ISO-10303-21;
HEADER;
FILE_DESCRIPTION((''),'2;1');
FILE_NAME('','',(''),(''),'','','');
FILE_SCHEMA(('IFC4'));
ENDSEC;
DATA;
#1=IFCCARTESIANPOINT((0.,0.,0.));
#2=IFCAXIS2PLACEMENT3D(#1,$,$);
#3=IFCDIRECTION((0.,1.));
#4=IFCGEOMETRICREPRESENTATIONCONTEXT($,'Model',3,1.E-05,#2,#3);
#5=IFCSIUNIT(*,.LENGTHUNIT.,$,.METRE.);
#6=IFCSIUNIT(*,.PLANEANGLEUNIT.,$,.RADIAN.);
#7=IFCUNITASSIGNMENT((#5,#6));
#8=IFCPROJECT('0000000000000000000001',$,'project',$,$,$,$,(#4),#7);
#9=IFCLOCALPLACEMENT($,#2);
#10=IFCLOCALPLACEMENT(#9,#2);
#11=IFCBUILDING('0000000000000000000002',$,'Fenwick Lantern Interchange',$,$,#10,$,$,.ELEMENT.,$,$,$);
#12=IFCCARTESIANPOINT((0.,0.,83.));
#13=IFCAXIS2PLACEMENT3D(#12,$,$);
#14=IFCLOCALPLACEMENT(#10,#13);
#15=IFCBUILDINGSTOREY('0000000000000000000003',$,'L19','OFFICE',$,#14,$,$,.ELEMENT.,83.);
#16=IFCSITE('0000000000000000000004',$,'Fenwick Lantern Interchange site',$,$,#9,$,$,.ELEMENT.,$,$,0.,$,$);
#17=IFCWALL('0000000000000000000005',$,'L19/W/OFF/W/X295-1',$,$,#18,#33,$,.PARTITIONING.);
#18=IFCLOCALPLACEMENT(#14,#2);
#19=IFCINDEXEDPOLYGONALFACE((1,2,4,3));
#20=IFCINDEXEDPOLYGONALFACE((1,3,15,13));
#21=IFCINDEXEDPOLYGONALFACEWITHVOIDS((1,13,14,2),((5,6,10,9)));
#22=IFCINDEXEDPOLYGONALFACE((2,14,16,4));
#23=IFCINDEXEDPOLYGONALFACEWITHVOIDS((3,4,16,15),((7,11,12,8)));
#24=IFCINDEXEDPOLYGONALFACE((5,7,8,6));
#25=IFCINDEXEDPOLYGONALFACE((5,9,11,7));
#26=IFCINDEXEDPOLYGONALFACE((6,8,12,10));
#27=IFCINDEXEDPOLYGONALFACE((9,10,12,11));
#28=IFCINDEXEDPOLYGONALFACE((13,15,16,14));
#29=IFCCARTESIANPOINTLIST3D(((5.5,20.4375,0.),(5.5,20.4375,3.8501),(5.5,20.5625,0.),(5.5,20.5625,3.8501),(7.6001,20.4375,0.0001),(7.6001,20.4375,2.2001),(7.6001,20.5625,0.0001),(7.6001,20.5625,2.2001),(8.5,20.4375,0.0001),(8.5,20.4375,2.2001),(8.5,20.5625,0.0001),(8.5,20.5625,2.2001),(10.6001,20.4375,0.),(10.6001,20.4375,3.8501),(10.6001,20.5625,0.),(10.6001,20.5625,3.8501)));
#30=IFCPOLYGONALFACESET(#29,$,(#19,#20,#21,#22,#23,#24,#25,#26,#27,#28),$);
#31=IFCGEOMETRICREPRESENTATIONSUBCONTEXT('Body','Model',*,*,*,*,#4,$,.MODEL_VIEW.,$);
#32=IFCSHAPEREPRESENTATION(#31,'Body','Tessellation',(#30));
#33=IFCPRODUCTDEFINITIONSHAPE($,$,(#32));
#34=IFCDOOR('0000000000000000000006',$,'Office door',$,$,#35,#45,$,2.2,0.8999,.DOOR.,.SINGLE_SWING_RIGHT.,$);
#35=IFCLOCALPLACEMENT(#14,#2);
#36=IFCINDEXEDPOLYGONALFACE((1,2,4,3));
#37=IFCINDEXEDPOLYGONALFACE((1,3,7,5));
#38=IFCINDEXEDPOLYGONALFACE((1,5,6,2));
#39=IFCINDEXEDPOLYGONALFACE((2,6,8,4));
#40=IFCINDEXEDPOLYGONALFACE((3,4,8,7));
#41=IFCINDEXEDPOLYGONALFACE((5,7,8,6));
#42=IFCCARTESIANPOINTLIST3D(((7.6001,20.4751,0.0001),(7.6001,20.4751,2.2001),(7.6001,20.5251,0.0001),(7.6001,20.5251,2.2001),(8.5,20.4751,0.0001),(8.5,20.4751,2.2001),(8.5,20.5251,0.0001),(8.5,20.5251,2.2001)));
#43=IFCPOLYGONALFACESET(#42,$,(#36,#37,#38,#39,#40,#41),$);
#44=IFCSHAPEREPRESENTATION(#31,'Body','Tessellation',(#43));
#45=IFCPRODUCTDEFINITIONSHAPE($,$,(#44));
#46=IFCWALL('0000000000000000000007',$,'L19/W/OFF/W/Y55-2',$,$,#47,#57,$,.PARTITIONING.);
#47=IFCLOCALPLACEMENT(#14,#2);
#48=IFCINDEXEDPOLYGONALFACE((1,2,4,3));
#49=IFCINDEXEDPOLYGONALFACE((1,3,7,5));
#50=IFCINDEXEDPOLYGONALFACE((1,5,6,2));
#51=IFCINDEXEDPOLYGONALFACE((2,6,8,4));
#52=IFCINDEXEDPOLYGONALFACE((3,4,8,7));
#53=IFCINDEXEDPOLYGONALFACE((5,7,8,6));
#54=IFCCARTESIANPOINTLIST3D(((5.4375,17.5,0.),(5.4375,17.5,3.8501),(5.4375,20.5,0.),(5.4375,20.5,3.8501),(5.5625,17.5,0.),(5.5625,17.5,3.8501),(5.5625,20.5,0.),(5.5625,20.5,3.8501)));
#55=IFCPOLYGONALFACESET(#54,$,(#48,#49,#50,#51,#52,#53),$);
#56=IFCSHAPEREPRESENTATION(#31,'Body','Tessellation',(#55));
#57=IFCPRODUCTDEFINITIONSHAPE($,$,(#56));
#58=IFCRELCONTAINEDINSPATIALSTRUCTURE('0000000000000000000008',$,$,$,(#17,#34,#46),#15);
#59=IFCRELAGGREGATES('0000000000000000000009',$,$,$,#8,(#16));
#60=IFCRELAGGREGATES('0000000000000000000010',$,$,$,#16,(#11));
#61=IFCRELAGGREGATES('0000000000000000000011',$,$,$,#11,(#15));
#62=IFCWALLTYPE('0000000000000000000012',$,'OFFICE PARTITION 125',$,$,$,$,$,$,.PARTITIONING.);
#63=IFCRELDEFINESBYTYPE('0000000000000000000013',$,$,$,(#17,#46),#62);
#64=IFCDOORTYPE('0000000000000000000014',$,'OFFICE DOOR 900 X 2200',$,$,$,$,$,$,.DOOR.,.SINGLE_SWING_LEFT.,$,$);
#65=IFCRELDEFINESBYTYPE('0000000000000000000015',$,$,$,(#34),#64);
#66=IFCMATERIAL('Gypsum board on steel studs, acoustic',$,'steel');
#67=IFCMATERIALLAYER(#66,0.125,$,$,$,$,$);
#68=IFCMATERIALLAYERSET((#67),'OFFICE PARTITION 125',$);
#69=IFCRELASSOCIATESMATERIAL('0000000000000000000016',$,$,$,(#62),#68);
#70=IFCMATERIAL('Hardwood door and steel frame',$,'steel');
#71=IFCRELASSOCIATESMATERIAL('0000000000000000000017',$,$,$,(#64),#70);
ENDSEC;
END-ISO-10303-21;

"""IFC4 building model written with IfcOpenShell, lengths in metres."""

from ifc_helpers import new_model, si_unit, direction, frame, frame_2d, origin, place, context, subcontext, project, spatial, rectangle, extrude, material, layer, layer_set, type_object, element, fill, save


model = new_model("IFC4")

# Units and contexts
model_context = context("Model", 3, precision=1e-05, world=origin(), true_north=direction((0.0, 1.0)))
body_context = subcontext(model_context, "Body", "Model", "MODEL_VIEW")
ifc_project = project(units=[si_unit("LENGTHUNIT", "METRE"), si_unit("PLANEANGLEUNIT", "RADIAN")], contexts=[model_context])

# Site, building, storey
site_placement = place(None, origin())
site = spatial("IfcSite", under=ifc_project, at=site_placement, Name="Fenwick Lantern Interchange site", CompositionType="ELEMENT", RefElevation=0.0)
building_placement = place(site_placement, origin())
building = spatial("IfcBuilding", under=site, at=building_placement, Name="Fenwick Lantern Interchange", CompositionType="ELEMENT")
storey_placement = place(building_placement, frame((0.0, 0.0, 83.0)))
storey = spatial("IfcBuildingStorey", under=building, at=storey_placement, Name="L19", Description="OFFICE", CompositionType="ELEMENT", Elevation=83.0)

# Shared definitions
ifc_material_1 = material(Name="Hardwood door and steel frame", Category="steel")

# Wall, opening, door
ifc_material_2 = material(Name="Gypsum board on steel studs, acoustic", Category="steel")
ifc_layer_1 = layer(ifc_material_2, 0.125)
ifc_layer_set_1 = layer_set([ifc_layer_1], Name="OFFICE PARTITION 125")
wall_type_1 = type_object("IfcWallType", Name="OFFICE PARTITION 125", PredefinedType="PARTITIONING", material=ifc_layer_set_1)
wall_1_placement = place(storey_placement, frame((5.5, 20.5, 0.0), z_axis=(0.0, 0.0, 1.0), x_axis=(1.0, 0.0, 0.0)))
wall_1 = element("IfcWall", 1, at=wall_1_placement, inside=storey, type_object=wall_type_1, Name="L19/W/OFF/W/X295-1", PredefinedType="PARTITIONING", context=body_context, shape_type="SweptSolid", body=[
    extrude(rectangle(XDim=5.1001, YDim=0.125, at=frame_2d((2.55, 0.0))), origin(), (0.0, 0.0, 1.0), 3.8501),
])
opening_1_placement = place(wall_1_placement, frame((2.1001, 0.0, 0.0)))
opening_1 = element("IfcOpeningElement", 2, at=opening_1_placement, cuts=wall_1, PredefinedType="OPENING", context=body_context, shape_type="SweptSolid", body=[
    extrude(rectangle(XDim=0.8999, YDim=2.2, at=frame_2d((0.45, 1.1001))), frame((0.0, 0.0725, 0.0), z_axis=(0.0, -1.0, 0.0), x_axis=(1.0, 0.0, 0.0)), (0.0, 0.0, 1.0), 0.145),
])
door_type_1 = type_object("IfcDoorType", Name="OFFICE DOOR 900 X 2200", OperationType="SINGLE_SWING_LEFT", PredefinedType="DOOR", material=ifc_material_1)
door_1_placement = place(opening_1_placement, frame((0.8999, 0.0, 0.0), z_axis=(0.0, 0.0, 1.0), x_axis=(-1.0, 0.0, 0.0)))
door_1 = element("IfcDoor", 3, at=door_1_placement, inside=storey, type_object=door_type_1, Name="Office door", OperationType="SINGLE_SWING_RIGHT", OverallHeight=2.2, OverallWidth=0.8999, PredefinedType="DOOR", context=body_context, shape_type="SweptSolid", body=[
    extrude(rectangle(XDim=0.8999, YDim=2.2, at=frame_2d((0.45, 1.1001))), frame((0.0, 0.0249, 0.0), z_axis=(0.0, -1.0, 0.0), x_axis=(1.0, 0.0, 0.0)), (0.0, 0.0, 1.0), 0.05),
])
fill(opening_1, door_1)

# Wall
wall_2_placement = place(storey_placement, frame((5.5, 20.5, 0.0), z_axis=(0.0, 0.0, 1.0), x_axis=(0.0, -1.0, 0.0)))
element("IfcWall", 4, at=wall_2_placement, inside=storey, type_object=wall_type_1, Name="L19/W/OFF/W/Y55-2", PredefinedType="PARTITIONING", context=body_context, shape_type="SweptSolid", body=[
    extrude(rectangle(XDim=3.0, YDim=0.125, at=frame_2d((1.5, 0.0))), origin(), (0.0, 0.0, 1.0), 3.8501),
])

save(model, "model.ifc")
